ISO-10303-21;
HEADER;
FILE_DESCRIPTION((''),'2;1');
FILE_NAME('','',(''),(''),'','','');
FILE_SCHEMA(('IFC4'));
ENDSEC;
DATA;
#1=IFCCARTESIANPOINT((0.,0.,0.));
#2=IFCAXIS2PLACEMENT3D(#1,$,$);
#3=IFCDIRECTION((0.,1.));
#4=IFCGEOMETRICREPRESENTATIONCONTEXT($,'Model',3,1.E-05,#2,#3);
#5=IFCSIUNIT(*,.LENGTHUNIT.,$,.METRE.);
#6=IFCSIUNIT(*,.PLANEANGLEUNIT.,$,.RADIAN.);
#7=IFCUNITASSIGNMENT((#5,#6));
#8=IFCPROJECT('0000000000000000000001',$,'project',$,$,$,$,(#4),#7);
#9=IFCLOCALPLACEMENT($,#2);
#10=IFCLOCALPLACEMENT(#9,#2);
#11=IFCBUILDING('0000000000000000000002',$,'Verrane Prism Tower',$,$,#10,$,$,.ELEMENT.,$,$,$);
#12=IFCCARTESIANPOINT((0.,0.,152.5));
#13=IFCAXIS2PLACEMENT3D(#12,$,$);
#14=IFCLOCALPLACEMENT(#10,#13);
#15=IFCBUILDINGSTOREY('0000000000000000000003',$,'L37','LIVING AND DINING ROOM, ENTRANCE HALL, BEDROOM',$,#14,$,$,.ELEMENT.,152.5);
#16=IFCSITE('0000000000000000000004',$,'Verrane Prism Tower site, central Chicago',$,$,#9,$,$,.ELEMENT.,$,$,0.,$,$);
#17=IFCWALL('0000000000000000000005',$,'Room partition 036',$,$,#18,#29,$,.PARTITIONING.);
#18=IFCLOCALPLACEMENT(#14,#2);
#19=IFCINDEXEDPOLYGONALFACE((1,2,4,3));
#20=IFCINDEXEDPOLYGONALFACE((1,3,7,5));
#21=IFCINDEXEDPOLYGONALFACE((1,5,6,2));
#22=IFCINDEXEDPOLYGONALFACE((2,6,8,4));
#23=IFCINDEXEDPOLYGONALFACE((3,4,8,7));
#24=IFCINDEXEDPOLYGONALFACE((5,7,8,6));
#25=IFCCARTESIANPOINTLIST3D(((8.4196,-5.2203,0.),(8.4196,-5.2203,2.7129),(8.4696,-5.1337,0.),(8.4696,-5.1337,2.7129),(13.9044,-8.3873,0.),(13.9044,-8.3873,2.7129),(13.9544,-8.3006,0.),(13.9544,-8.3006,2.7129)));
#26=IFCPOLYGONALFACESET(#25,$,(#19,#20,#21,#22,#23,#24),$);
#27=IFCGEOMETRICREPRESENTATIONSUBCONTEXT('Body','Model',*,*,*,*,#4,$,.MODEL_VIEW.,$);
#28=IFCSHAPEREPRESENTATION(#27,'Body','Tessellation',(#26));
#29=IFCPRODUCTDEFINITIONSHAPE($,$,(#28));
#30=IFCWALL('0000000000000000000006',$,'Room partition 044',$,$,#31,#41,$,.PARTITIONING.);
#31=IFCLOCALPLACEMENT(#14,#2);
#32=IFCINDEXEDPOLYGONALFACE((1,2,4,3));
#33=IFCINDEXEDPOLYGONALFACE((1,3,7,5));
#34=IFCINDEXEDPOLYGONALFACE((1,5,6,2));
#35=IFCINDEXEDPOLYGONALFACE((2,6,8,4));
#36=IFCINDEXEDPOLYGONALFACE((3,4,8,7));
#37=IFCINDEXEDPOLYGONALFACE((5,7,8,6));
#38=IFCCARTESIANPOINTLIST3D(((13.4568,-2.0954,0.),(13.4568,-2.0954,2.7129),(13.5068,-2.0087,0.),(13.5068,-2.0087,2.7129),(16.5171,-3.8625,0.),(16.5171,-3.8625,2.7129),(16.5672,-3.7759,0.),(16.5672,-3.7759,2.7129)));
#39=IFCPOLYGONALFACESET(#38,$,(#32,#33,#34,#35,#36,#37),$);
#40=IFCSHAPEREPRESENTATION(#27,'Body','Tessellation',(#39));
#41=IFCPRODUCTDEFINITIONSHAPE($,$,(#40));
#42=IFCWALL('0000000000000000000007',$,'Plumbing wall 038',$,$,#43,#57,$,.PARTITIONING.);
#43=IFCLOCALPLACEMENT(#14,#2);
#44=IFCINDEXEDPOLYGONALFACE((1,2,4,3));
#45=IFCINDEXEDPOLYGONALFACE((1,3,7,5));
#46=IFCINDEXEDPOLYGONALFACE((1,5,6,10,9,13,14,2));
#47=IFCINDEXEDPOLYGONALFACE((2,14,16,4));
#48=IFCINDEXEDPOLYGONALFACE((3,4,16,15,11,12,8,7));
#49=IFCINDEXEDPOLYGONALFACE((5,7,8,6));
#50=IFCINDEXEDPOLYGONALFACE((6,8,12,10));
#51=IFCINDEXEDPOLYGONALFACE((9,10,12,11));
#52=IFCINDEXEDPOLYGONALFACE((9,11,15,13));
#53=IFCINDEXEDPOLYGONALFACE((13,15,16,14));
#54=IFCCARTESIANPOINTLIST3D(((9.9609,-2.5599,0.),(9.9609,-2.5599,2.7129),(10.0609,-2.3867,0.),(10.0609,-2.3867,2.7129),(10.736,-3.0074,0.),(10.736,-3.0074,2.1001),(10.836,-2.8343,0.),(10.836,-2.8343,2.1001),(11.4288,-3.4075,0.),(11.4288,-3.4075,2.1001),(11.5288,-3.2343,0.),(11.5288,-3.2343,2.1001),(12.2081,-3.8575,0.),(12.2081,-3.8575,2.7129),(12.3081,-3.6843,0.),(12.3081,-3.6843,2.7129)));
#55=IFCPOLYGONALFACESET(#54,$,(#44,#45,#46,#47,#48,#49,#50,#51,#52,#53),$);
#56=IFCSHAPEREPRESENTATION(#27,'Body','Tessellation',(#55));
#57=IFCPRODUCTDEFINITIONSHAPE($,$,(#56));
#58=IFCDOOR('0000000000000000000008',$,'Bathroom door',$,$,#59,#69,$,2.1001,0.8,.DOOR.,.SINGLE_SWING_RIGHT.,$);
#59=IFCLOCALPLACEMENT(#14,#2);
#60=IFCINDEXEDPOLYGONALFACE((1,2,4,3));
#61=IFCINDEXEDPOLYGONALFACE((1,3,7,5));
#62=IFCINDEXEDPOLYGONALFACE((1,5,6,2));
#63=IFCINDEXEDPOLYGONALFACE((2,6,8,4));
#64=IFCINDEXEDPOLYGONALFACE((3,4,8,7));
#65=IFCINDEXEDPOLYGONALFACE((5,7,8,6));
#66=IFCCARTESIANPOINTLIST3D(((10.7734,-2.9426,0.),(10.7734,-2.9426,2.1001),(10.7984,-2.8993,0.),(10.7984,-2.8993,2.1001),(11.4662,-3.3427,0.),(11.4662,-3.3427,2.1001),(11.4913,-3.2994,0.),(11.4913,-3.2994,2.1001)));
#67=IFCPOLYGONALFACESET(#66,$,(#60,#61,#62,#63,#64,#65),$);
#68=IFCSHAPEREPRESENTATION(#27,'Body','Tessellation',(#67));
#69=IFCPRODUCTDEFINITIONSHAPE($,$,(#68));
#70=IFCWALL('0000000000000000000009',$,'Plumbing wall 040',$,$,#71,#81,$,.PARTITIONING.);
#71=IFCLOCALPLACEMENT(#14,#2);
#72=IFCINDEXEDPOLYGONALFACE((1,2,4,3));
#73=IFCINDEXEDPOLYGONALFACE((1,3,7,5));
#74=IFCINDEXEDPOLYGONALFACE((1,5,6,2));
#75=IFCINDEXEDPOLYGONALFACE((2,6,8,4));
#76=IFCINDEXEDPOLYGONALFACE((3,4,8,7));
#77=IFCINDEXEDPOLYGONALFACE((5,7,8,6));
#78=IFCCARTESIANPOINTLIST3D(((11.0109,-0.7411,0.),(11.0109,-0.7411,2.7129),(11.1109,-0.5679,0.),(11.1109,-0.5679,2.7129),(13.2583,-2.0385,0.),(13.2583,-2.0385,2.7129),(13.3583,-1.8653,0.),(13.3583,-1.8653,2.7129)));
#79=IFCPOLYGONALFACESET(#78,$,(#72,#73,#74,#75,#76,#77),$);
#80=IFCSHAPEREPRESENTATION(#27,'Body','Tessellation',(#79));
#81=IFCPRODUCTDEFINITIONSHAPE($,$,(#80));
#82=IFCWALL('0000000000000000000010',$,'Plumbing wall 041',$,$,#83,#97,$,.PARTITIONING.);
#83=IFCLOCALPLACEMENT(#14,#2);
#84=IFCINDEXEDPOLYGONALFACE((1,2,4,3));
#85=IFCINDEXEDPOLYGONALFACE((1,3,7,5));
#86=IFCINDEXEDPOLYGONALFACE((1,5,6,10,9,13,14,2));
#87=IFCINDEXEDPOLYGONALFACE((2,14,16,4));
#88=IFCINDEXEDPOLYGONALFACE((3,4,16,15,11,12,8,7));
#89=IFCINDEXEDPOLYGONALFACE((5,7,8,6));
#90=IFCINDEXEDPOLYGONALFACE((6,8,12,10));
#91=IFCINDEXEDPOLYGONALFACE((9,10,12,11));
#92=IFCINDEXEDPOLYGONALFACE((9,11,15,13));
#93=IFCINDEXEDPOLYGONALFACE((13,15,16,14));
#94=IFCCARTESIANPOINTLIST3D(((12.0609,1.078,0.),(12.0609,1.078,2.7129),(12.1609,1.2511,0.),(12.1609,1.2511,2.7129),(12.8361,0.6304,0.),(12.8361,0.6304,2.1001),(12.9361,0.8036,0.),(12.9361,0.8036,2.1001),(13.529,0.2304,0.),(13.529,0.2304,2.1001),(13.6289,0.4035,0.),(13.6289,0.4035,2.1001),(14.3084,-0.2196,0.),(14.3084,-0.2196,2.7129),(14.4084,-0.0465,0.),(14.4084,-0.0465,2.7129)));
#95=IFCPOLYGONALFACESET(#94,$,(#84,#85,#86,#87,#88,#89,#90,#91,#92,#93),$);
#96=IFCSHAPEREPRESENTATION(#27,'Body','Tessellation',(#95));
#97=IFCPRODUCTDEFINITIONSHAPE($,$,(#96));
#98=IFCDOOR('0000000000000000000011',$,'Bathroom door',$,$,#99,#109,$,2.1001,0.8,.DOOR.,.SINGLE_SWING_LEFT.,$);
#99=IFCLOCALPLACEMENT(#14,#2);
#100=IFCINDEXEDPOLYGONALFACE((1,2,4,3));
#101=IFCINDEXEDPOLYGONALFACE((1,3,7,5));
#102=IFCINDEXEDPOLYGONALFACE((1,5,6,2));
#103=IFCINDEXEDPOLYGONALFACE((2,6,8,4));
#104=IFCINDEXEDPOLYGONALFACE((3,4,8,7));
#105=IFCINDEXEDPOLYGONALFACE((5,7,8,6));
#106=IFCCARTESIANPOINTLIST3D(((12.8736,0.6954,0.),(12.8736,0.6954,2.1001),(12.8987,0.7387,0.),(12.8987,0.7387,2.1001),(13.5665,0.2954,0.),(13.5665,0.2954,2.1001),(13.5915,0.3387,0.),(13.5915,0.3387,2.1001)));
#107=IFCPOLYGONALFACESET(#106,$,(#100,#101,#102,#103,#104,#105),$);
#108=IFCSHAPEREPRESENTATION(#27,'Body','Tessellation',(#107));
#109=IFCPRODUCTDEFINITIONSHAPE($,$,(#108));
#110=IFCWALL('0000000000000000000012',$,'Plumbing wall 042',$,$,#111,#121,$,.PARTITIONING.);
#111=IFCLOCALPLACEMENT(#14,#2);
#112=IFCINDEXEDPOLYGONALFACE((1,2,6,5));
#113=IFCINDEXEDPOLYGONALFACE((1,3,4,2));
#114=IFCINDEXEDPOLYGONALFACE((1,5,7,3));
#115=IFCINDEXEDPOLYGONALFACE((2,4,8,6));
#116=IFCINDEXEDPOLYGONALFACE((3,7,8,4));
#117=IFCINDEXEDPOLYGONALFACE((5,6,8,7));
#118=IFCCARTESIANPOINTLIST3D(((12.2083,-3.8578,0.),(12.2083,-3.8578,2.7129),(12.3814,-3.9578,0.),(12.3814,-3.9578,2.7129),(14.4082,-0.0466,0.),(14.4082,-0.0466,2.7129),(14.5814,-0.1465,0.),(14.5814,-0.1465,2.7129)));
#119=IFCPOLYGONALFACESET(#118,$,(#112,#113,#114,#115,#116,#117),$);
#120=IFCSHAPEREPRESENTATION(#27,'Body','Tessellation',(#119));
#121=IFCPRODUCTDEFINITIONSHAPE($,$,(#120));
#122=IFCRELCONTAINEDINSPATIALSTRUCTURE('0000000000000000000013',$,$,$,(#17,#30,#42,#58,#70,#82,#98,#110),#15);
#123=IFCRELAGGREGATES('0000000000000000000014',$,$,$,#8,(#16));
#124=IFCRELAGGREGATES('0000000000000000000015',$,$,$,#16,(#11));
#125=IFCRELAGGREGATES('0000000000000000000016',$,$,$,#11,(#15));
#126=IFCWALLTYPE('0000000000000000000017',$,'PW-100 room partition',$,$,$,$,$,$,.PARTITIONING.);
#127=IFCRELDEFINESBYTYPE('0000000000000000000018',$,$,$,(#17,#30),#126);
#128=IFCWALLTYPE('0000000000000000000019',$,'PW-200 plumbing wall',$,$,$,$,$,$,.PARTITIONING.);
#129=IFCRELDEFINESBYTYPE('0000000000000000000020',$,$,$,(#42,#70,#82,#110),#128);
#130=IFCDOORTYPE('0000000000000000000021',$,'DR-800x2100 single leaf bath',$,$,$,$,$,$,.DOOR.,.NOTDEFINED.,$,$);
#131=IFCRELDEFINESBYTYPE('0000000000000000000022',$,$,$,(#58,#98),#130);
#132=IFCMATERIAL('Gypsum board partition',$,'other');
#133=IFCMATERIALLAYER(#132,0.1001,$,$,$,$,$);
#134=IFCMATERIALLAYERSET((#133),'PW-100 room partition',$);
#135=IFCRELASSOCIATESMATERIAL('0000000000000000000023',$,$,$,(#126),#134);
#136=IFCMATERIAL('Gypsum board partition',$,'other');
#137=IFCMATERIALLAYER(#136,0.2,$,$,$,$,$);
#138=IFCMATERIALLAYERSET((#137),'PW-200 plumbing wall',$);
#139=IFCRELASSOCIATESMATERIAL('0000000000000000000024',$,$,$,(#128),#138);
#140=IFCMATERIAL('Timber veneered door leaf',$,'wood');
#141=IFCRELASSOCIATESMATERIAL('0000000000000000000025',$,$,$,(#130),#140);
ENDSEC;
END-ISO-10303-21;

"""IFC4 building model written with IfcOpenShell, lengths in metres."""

from ifc_helpers import new_model, si_unit, direction, frame, frame_2d, origin, place, context, subcontext, project, spatial, rectangle, extrude, material, layer, layer_set, type_object, element, fill, save


model = new_model("IFC4")

# Units and contexts
model_context = context("Model", 3, precision=1e-05, world=origin(), true_north=direction((0.0, 1.0)))
body_context = subcontext(model_context, "Body", "Model", "MODEL_VIEW")
ifc_project = project(units=[si_unit("LENGTHUNIT", "METRE"), si_unit("PLANEANGLEUNIT", "RADIAN")], contexts=[model_context])

# Site, building, storey
site_placement = place(None, origin())
site = spatial("IfcSite", under=ifc_project, at=site_placement, Name="Verrane Prism Tower site, central Chicago", CompositionType="ELEMENT", RefElevation=0.0)
building_placement = place(site_placement, origin())
building = spatial("IfcBuilding", under=site, at=building_placement, Name="Verrane Prism Tower", CompositionType="ELEMENT")
storey_placement = place(building_placement, frame((0.0, 0.0, 152.5)))
storey = spatial("IfcBuildingStorey", under=building, at=storey_placement, Name="L37", Description="LIVING AND DINING ROOM, ENTRANCE HALL, BEDROOM", CompositionType="ELEMENT", Elevation=152.5)

# Walls
ifc_material_1 = material(Name="Gypsum board partition", Category="other")
ifc_layer_1 = layer(ifc_material_1, 0.1001)
ifc_layer_set_1 = layer_set([ifc_layer_1], Name="PW-100 room partition")
wall_type_1 = type_object("IfcWallType", Name="PW-100 room partition", PredefinedType="PARTITIONING", material=ifc_layer_set_1)
wall_1_placement = place(storey_placement, frame((8.4446, -5.177, 0.0), z_axis=(0.0, 0.0, 1.0), x_axis=(0.866005, -0.500036, 0.0)))
element("IfcWall", 1, at=wall_1_placement, inside=storey, type_object=wall_type_1, Name="Room partition 036", PredefinedType="PARTITIONING", context=body_context, shape_type="SweptSolid", body=[
    extrude(rectangle(XDim=6.3335, YDim=0.1001, at=frame_2d((3.1667, 0.0))), origin(), (0.0, 0.0, 1.0), 2.7129),
])
wall_2_placement = place(storey_placement, frame((13.4817, -2.052, 0.0), z_axis=(0.0, 0.0, 1.0), x_axis=(0.865998, -0.500047, 0.0)))
element("IfcWall", 2, at=wall_2_placement, inside=storey, type_object=wall_type_1, Name="Room partition 044", PredefinedType="PARTITIONING", context=body_context, shape_type="SweptSolid", body=[
    extrude(rectangle(XDim=3.5339, YDim=0.1001, at=frame_2d((1.7671, 0.0))), origin(), (0.0, 0.0, 1.0), 2.7129),
])

# Wall, opening, door
ifc_material_2 = material(Name="Gypsum board partition", Category="other")
ifc_layer_2 = layer(ifc_material_2, 0.2)
ifc_layer_set_2 = layer_set([ifc_layer_2], Name="PW-200 plumbing wall")
wall_type_2 = type_object("IfcWallType", Name="PW-200 plumbing wall", PredefinedType="PARTITIONING", material=ifc_layer_set_2)
wall_3_placement = place(storey_placement, frame((10.011, -2.4734, 0.0), z_axis=(0.0, 0.0, 1.0), x_axis=(0.866005, -0.500035, 0.0)))
wall_3 = element("IfcWall", 3, at=wall_3_placement, inside=storey, type_object=wall_type_2, Name="Plumbing wall 038", PredefinedType="PARTITIONING", context=body_context, shape_type="SweptSolid", body=[
    extrude(rectangle(XDim=2.595, YDim=0.2, at=frame_2d((1.2974, 0.0))), origin(), (0.0, 0.0, 1.0), 2.7129),
])
opening_1_placement = place(wall_3_placement, frame((0.895, 0.0, 0.0)))
opening_1 = element("IfcOpeningElement", 4, at=opening_1_placement, cuts=wall_3, PredefinedType="OPENING", context=body_context, shape_type="SweptSolid", body=[
    extrude(rectangle(XDim=0.8, YDim=2.1001, at=frame_2d((0.3999, 1.05))), frame((0.0, 0.1099, 0.0), z_axis=(0.0, -1.0, 0.0), x_axis=(1.0, 0.0, 0.0)), (0.0, 0.0, 1.0), 0.22),
])
ifc_material_3 = material(Name="Timber veneered door leaf", Category="wood")
door_type = type_object("IfcDoorType", Name="DR-800x2100 single leaf bath", OperationType="NOTDEFINED", PredefinedType="DOOR", material=ifc_material_3)
door_1_placement = place(opening_1_placement, origin())
door_1 = element("IfcDoor", 5, at=door_1_placement, inside=storey, type_object=door_type, Name="Bathroom door", OperationType="SINGLE_SWING_RIGHT", OverallHeight=2.1001, OverallWidth=0.8, PredefinedType="DOOR", context=body_context, shape_type="SweptSolid", body=[
    extrude(rectangle(XDim=0.8, YDim=2.1001, at=frame_2d((0.3999, 1.05))), frame((0.0, 0.0249, 0.0), z_axis=(0.0, -1.0, 0.0), x_axis=(1.0, 0.0, 0.0)), (0.0, 0.0, 1.0), 0.05),
])
fill(opening_1, door_1)

# Wall
wall_4_placement = place(storey_placement, frame((11.061, -0.6545, 0.0), z_axis=(0.0, 0.0, 1.0), x_axis=(0.866046, -0.499964, 0.0)))
element("IfcWall", 6, at=wall_4_placement, inside=storey, type_object=wall_type_2, Name="Plumbing wall 040", PredefinedType="PARTITIONING", context=body_context, shape_type="SweptSolid", body=[
    extrude(rectangle(XDim=2.595, YDim=0.2, at=frame_2d((1.2974, 0.0))), origin(), (0.0, 0.0, 1.0), 2.7129),
])

# Wall, opening, door
wall_5_placement = place(storey_placement, frame((14.3584, -0.1331, 0.0), z_axis=(0.0, 0.0, 1.0), x_axis=(-0.866029, 0.499994, 0.0)))
wall_5 = element("IfcWall", 7, at=wall_5_placement, inside=storey, type_object=wall_type_2, Name="Plumbing wall 041", PredefinedType="PARTITIONING", context=body_context, shape_type="SweptSolid", body=[
    extrude(rectangle(XDim=2.5952, YDim=0.2, at=frame_2d((1.2976, 0.0))), origin(), (0.0, 0.0, 1.0), 2.7129),
])
opening_2_placement = place(wall_5_placement, frame((0.9001, 0.0, 0.0)))
opening_2 = element("IfcOpeningElement", 8, at=opening_2_placement, cuts=wall_5, PredefinedType="OPENING", context=body_context, shape_type="SweptSolid", body=[
    extrude(rectangle(XDim=0.8, YDim=2.1001, at=frame_2d((0.3999, 1.05))), frame((0.0, 0.1099, 0.0), z_axis=(0.0, -1.0, 0.0), x_axis=(1.0, 0.0, 0.0)), (0.0, 0.0, 1.0), 0.22),
])
door_2_placement = place(opening_2_placement, origin())
door_2 = element("IfcDoor", 9, at=door_2_placement, inside=storey, type_object=door_type, Name="Bathroom door", OperationType="SINGLE_SWING_LEFT", OverallHeight=2.1001, OverallWidth=0.8, PredefinedType="DOOR", context=body_context, shape_type="SweptSolid", body=[
    extrude(rectangle(XDim=0.8, YDim=2.1001, at=frame_2d((0.3999, 1.05))), frame((0.0, 0.0249, 0.0), z_axis=(0.0, -1.0, 0.0), x_axis=(1.0, 0.0, 0.0)), (0.0, 0.0, 1.0), 0.05),
])
fill(opening_2, door_2)

# Wall
wall_6_placement = place(storey_placement, frame((12.2949, -3.9077, 0.0), z_axis=(0.0, 0.0, 1.0), x_axis=(0.499916, 0.866074, 0.0)))
element("IfcWall", 10, at=wall_6_placement, inside=storey, type_object=wall_type_2, Name="Plumbing wall 042", PredefinedType="PARTITIONING", context=body_context, shape_type="SweptSolid", body=[
    extrude(rectangle(XDim=4.4006, YDim=0.2, at=frame_2d((2.2002, 0.0))), origin(), (0.0, 0.0, 1.0), 2.7129),
])

save(model, "model.ifc")
